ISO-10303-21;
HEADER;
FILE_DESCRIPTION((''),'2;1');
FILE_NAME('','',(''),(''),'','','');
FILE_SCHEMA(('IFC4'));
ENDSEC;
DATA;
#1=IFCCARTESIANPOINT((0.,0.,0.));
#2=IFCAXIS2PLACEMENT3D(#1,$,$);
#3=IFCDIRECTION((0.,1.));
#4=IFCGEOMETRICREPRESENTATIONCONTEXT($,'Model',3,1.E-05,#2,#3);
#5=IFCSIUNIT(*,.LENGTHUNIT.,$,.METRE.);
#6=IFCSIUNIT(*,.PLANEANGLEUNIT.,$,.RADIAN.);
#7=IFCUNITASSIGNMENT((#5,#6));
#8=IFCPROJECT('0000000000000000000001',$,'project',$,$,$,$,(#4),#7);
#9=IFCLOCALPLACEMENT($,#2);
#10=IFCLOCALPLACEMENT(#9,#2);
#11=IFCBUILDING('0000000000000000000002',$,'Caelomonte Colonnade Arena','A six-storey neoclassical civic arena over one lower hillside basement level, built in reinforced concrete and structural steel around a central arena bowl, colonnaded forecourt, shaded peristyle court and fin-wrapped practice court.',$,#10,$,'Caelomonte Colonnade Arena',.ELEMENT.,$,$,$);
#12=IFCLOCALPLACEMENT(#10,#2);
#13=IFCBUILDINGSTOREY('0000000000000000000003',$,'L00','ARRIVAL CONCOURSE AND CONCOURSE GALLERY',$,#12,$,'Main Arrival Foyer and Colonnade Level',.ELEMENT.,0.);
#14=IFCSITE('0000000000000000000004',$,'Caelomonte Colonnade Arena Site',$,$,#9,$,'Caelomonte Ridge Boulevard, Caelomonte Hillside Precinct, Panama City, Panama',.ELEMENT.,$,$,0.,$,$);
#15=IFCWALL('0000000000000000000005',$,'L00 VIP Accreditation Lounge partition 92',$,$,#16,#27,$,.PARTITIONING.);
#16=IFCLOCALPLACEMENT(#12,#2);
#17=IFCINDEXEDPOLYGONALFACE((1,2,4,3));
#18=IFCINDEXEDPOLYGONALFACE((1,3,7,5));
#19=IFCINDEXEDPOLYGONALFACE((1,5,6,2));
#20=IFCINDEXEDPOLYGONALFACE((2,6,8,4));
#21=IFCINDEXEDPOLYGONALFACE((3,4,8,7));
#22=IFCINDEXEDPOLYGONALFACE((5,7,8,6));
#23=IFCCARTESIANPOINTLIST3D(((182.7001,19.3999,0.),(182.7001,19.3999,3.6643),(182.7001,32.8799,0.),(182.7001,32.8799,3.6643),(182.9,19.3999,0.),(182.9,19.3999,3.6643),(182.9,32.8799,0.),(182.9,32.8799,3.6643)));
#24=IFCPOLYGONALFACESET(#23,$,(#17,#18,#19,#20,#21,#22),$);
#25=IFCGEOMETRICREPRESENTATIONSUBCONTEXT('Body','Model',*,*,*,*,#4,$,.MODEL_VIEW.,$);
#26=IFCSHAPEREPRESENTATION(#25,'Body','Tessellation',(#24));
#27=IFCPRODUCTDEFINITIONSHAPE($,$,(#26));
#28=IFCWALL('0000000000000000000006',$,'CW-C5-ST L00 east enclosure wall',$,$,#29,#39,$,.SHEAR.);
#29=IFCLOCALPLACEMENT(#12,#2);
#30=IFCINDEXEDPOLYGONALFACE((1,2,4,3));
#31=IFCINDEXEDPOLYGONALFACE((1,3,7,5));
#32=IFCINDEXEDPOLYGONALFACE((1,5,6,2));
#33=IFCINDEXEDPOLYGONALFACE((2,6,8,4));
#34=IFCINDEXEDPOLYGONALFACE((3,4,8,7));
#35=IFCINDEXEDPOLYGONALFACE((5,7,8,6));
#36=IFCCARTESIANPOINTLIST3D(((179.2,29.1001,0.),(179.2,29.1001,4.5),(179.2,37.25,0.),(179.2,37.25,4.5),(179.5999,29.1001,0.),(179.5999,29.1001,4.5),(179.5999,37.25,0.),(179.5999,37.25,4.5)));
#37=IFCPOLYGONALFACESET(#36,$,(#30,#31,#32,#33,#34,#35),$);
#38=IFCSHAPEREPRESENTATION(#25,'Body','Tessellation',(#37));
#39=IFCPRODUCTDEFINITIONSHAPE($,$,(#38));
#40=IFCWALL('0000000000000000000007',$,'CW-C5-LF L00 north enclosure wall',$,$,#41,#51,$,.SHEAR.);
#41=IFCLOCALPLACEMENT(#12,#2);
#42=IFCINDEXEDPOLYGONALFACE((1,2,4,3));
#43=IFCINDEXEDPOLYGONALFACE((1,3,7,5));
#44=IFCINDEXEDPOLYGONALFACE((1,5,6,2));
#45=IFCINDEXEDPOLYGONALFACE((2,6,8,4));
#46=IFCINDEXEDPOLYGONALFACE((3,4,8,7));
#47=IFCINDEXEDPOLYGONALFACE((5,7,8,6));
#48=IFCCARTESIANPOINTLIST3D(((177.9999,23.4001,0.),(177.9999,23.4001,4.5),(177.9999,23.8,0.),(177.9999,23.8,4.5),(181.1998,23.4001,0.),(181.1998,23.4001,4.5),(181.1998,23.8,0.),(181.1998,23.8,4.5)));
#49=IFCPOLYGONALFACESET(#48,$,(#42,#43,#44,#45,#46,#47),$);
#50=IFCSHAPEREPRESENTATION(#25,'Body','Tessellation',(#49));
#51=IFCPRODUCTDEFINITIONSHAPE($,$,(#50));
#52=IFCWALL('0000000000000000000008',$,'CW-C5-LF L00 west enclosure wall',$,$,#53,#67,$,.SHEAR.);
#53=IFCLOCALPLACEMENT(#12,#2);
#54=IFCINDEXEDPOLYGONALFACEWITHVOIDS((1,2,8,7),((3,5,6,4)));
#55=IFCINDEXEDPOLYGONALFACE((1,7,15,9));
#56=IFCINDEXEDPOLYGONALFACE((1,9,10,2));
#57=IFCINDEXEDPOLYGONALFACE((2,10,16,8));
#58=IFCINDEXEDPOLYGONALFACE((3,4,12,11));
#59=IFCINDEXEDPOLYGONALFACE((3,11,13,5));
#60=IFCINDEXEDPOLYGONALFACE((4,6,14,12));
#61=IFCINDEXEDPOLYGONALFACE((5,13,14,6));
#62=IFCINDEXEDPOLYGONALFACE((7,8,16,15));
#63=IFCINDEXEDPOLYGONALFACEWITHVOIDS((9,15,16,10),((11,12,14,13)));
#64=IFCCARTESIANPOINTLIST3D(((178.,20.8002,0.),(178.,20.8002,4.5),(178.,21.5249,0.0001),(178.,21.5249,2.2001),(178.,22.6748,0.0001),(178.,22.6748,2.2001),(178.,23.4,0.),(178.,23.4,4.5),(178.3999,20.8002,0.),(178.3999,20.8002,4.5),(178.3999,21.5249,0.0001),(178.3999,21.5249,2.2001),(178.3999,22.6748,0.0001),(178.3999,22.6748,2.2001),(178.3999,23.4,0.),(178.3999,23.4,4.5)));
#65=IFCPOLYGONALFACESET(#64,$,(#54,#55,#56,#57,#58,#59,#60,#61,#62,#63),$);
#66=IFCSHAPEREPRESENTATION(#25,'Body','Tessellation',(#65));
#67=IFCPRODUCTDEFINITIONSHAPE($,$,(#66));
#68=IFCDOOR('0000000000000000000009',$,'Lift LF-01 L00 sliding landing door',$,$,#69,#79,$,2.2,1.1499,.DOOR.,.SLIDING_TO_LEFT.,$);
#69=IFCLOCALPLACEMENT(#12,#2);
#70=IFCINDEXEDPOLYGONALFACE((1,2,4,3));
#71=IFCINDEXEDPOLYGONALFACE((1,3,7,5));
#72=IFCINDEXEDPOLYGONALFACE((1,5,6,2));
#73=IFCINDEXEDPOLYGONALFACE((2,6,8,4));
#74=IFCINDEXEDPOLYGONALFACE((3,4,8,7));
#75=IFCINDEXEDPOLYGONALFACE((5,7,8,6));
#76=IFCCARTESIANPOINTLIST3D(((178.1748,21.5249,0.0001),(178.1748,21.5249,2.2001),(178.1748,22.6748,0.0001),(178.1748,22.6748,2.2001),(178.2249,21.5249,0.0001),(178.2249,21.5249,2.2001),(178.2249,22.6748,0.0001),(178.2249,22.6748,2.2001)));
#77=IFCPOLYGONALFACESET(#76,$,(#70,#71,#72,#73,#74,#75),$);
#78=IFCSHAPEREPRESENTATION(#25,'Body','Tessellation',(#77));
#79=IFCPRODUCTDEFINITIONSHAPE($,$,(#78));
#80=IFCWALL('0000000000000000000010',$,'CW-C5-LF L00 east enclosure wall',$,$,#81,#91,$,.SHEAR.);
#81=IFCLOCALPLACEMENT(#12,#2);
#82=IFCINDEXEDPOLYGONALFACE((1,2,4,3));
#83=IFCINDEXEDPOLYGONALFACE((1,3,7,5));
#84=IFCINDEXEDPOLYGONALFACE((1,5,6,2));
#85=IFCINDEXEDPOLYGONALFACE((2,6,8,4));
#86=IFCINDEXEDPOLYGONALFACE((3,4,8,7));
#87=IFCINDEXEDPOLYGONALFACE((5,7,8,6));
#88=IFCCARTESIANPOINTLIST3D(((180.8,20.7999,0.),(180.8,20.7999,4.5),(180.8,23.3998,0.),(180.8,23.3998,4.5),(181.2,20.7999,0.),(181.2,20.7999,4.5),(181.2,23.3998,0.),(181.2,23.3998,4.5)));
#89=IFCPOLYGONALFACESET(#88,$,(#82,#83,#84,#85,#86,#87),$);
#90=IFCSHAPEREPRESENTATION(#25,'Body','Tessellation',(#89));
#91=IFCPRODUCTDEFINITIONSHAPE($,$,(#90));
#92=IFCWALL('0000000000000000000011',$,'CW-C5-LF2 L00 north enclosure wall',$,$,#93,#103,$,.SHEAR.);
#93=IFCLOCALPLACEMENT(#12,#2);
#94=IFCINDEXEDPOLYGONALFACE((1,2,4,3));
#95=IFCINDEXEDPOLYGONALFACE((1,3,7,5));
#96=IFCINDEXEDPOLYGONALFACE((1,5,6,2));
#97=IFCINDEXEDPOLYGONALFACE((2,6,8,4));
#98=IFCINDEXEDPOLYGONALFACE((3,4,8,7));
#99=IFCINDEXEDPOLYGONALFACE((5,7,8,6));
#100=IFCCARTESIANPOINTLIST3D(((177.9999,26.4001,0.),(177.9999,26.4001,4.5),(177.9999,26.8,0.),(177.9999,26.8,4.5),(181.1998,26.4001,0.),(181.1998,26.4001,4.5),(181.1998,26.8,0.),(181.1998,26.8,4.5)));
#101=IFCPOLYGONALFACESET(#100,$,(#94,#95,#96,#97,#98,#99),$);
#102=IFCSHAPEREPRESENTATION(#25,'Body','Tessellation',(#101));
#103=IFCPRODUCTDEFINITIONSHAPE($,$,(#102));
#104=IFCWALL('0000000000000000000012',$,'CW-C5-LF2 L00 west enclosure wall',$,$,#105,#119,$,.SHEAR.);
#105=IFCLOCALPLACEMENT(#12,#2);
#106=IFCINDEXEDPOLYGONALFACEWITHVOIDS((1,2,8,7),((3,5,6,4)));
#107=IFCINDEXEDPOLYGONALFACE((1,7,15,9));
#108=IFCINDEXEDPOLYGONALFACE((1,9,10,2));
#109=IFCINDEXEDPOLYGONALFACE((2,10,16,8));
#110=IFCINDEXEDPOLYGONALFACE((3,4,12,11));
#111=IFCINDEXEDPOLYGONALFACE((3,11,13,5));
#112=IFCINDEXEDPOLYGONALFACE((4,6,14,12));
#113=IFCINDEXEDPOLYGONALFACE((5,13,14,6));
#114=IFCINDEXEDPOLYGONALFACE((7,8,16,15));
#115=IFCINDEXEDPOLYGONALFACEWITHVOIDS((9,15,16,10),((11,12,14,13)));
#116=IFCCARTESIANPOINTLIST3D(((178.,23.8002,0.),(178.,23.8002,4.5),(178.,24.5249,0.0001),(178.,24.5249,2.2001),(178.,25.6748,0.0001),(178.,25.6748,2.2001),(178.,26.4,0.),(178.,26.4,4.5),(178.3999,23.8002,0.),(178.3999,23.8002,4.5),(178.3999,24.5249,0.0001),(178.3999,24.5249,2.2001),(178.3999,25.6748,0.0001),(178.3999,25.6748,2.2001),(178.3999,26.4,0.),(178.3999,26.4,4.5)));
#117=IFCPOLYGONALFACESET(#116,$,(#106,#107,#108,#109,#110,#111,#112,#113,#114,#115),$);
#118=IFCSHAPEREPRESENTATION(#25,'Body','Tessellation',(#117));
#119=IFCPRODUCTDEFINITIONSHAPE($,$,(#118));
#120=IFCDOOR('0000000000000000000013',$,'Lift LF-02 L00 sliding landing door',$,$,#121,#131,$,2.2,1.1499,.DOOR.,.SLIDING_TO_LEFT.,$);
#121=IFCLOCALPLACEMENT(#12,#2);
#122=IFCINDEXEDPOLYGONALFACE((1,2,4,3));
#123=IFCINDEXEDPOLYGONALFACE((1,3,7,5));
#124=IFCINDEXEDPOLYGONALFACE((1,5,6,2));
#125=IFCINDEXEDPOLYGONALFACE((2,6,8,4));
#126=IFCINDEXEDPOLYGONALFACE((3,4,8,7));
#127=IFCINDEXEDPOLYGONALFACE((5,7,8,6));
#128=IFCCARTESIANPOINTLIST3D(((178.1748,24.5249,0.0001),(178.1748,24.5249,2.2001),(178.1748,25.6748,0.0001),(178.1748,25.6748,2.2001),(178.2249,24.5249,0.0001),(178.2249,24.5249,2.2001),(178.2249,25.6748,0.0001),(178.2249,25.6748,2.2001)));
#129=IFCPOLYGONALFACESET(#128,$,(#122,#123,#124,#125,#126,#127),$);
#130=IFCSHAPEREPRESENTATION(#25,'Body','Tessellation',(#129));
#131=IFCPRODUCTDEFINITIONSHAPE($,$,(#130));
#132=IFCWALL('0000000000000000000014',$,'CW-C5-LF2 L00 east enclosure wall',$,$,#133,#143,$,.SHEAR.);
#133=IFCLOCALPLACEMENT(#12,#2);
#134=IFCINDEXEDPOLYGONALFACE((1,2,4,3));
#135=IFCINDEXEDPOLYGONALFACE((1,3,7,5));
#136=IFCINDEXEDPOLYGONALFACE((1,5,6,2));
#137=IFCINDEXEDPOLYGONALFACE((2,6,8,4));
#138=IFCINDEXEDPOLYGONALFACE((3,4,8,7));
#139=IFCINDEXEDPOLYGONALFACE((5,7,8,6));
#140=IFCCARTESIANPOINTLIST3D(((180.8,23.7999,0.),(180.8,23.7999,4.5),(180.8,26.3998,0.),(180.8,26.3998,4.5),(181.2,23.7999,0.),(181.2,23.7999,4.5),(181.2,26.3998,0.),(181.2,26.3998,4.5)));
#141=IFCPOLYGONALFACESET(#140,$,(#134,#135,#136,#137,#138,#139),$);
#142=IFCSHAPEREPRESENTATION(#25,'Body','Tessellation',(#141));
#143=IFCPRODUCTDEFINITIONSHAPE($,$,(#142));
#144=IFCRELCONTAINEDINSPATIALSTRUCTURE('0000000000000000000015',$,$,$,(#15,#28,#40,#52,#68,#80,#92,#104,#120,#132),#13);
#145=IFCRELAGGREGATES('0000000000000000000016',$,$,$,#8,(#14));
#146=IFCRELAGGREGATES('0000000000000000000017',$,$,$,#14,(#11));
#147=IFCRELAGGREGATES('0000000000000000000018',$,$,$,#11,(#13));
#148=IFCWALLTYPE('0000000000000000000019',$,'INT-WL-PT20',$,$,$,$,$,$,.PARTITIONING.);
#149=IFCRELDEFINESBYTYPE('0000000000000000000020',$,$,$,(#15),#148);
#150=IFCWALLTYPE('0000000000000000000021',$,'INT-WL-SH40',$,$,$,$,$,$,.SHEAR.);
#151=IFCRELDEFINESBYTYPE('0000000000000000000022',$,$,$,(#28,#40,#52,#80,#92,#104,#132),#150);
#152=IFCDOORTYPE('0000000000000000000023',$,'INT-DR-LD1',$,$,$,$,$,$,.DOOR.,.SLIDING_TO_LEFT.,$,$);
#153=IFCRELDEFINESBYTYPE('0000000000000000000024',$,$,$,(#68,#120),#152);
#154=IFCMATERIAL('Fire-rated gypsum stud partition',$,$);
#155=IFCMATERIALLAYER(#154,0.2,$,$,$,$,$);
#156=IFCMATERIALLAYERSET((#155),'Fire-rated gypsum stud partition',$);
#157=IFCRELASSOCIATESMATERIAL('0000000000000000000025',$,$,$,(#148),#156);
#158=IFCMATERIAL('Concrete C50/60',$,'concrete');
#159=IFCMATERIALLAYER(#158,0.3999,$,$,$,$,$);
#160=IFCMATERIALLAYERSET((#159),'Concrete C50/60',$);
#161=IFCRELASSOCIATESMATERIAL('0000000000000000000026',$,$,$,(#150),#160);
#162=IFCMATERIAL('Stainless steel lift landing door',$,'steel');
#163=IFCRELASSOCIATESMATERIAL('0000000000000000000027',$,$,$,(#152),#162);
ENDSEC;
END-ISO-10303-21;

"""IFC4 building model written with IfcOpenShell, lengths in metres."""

from ifc_helpers import new_model, si_unit, direction, frame, frame_2d, origin, place, context, subcontext, project, spatial, rectangle, extrude, material, layer, layer_set, type_object, element, fill, save


model = new_model("IFC4")

# Units and contexts
model_context = context("Model", 3, precision=1e-05, world=origin(), true_north=direction((0.0, 1.0)))
body_context = subcontext(model_context, "Body", "Model", "MODEL_VIEW")
ifc_project = project(units=[si_unit("LENGTHUNIT", "METRE"), si_unit("PLANEANGLEUNIT", "RADIAN")], contexts=[model_context])

# Site, building, storey
site_placement = place(None, origin())
site = spatial("IfcSite", under=ifc_project, at=site_placement, Name="Caelomonte Colonnade Arena Site", LongName="Caelomonte Ridge Boulevard, Caelomonte Hillside Precinct, Panama City, Panama", CompositionType="ELEMENT", RefElevation=0.0)
building_placement = place(site_placement, origin())
building = spatial("IfcBuilding", under=site, at=building_placement, Name="Caelomonte Colonnade Arena", Description="A six-storey neoclassical civic arena over one lower hillside basement level, built in reinforced concrete and structural steel around a central arena bowl, colonnaded forecourt, shaded peristyle court and fin-wrapped practice court.", LongName="Caelomonte Colonnade Arena", CompositionType="ELEMENT")
storey_placement = place(building_placement, origin())
storey = spatial("IfcBuildingStorey", under=building, at=storey_placement, Name="L00", Description="ARRIVAL CONCOURSE AND CONCOURSE GALLERY", LongName="Main Arrival Foyer and Colonnade Level", CompositionType="ELEMENT", Elevation=0.0)

# Walls
ifc_material_1 = material(Name="Fire-rated gypsum stud partition")
ifc_layer_1 = layer(ifc_material_1, 0.2)
ifc_layer_set_1 = layer_set([ifc_layer_1], Name="Fire-rated gypsum stud partition")
wall_type_1 = type_object("IfcWallType", Name="INT-WL-PT20", PredefinedType="PARTITIONING", material=ifc_layer_set_1)
wall_1_placement = place(storey_placement, frame((182.8, 19.3999, 0.0), z_axis=(0.0, 0.0, 1.0), x_axis=(0.0, 1.0, 0.0)))
element("IfcWall", 1, at=wall_1_placement, inside=storey, type_object=wall_type_1, Name="L00 VIP Accreditation Lounge partition 92", PredefinedType="PARTITIONING", context=body_context, shape_type="SweptSolid", body=[
    extrude(rectangle(XDim=13.48, YDim=0.2, at=frame_2d((6.74, 0.0))), origin(), (0.0, 0.0, 1.0), 3.6643),
])
ifc_material_2 = material(Name="Concrete C50/60", Category="concrete")
ifc_layer_2 = layer(ifc_material_2, 0.3999)
ifc_layer_set_2 = layer_set([ifc_layer_2], Name="Concrete C50/60")
wall_type_2 = type_object("IfcWallType", Name="INT-WL-SH40", PredefinedType="SHEAR", material=ifc_layer_set_2)
wall_2_placement = place(storey_placement, frame((179.3999, 29.1001, 0.0), z_axis=(0.0, 0.0, 1.0), x_axis=(0.0, 1.0, 0.0)))
element("IfcWall", 2, at=wall_2_placement, inside=storey, type_object=wall_type_2, Name="CW-C5-ST L00 east enclosure wall", PredefinedType="SHEAR", context=body_context, shape_type="SweptSolid", body=[
    extrude(rectangle(XDim=8.1499, YDim=0.3999, at=frame_2d((4.075, 0.0))), origin(), (0.0, 0.0, 1.0), 4.5),
])
wall_3_placement = place(storey_placement, frame((181.2, 23.6001, 0.0), z_axis=(0.0, 0.0, 1.0), x_axis=(-1.0, 0.0, 0.0)))
element("IfcWall", 3, at=wall_3_placement, inside=storey, type_object=wall_type_2, Name="CW-C5-LF L00 north enclosure wall", PredefinedType="SHEAR", context=body_context, shape_type="SweptSolid", body=[
    extrude(rectangle(XDim=3.2, YDim=0.3999, at=frame_2d((1.6001, 0.0))), origin(), (0.0, 0.0, 1.0), 4.5),
])

# Wall, opening, door
wall_4_placement = place(storey_placement, frame((178.2, 23.3999, 0.0), z_axis=(0.0, 0.0, 1.0), x_axis=(0.0, -1.0, 0.0)))
wall_4 = element("IfcWall", 4, at=wall_4_placement, inside=storey, type_object=wall_type_2, Name="CW-C5-LF L00 west enclosure wall", PredefinedType="SHEAR", context=body_context, shape_type="SweptSolid", body=[
    extrude(rectangle(XDim=2.5999, YDim=0.3999, at=frame_2d((1.2998, 0.0))), origin(), (0.0, 0.0, 1.0), 4.5),
])
opening_1_placement = place(wall_4_placement, frame((0.7251, 0.0, 0.0), z_axis=(0.0, 0.0, 1.0), x_axis=(1.0, 0.0, 0.0)))
opening_1 = element("IfcOpeningElement", 5, at=opening_1_placement, cuts=wall_4, PredefinedType="OPENING", context=body_context, shape_type="SweptSolid", body=[
    extrude(rectangle(XDim=1.1499, YDim=2.2, at=frame_2d((0.575, 1.1001))), frame((0.0, 0.21, 0.0), z_axis=(0.0, -1.0, 0.0), x_axis=(1.0, 0.0, 0.0)), (0.0, 0.0, 1.0), 0.4199),
])
ifc_material_3 = material(Name="Stainless steel lift landing door", Category="steel")
door_type_1 = type_object("IfcDoorType", Name="INT-DR-LD1", OperationType="SLIDING_TO_LEFT", PredefinedType="DOOR", material=ifc_material_3)
door_1_placement = place(opening_1_placement, origin())
door_1 = element("IfcDoor", 6, at=door_1_placement, inside=storey, type_object=door_type_1, Name="Lift LF-01 L00 sliding landing door", OperationType="SLIDING_TO_LEFT", OverallHeight=2.2, OverallWidth=1.1499, PredefinedType="DOOR", context=body_context, shape_type="SweptSolid", body=[
    extrude(rectangle(XDim=1.1499, YDim=2.2, at=frame_2d((0.575, 1.1001))), frame((0.0, 0.0249, 0.0), z_axis=(0.0, -1.0, 0.0), x_axis=(1.0, 0.0, 0.0)), (0.0, 0.0, 1.0), 0.05),
])
fill(opening_1, door_1)

# Walls
wall_5_placement = place(storey_placement, frame((181.0, 20.8, 0.0), z_axis=(0.0, 0.0, 1.0), x_axis=(0.0, 1.0, 0.0)))
element("IfcWall", 7, at=wall_5_placement, inside=storey, type_object=wall_type_2, Name="CW-C5-LF L00 east enclosure wall", PredefinedType="SHEAR", context=body_context, shape_type="SweptSolid", body=[
    extrude(rectangle(XDim=2.5999, YDim=0.3999, at=frame_2d((1.2998, 0.0))), origin(), (0.0, 0.0, 1.0), 4.5),
])
wall_6_placement = place(storey_placement, frame((181.2, 26.6001, 0.0), z_axis=(0.0, 0.0, 1.0), x_axis=(-1.0, 0.0, 0.0)))
element("IfcWall", 8, at=wall_6_placement, inside=storey, type_object=wall_type_2, Name="CW-C5-LF2 L00 north enclosure wall", PredefinedType="SHEAR", context=body_context, shape_type="SweptSolid", body=[
    extrude(rectangle(XDim=3.2, YDim=0.3999, at=frame_2d((1.6001, 0.0))), origin(), (0.0, 0.0, 1.0), 4.5),
])

# Wall, opening, door
wall_7_placement = place(storey_placement, frame((178.2, 26.3999, 0.0), z_axis=(0.0, 0.0, 1.0), x_axis=(0.0, -1.0, 0.0)))
wall_7 = element("IfcWall", 9, at=wall_7_placement, inside=storey, type_object=wall_type_2, Name="CW-C5-LF2 L00 west enclosure wall", PredefinedType="SHEAR", context=body_context, shape_type="SweptSolid", body=[
    extrude(rectangle(XDim=2.5999, YDim=0.3999, at=frame_2d((1.2998, 0.0))), origin(), (0.0, 0.0, 1.0), 4.5),
])
opening_2_placement = place(wall_7_placement, frame((0.7251, 0.0, 0.0), z_axis=(0.0, 0.0, 1.0), x_axis=(1.0, 0.0, 0.0)))
opening_2 = element("IfcOpeningElement", 10, at=opening_2_placement, cuts=wall_7, PredefinedType="OPENING", context=body_context, shape_type="SweptSolid", body=[
    extrude(rectangle(XDim=1.1499, YDim=2.2, at=frame_2d((0.575, 1.1001))), frame((0.0, 0.21, 0.0), z_axis=(0.0, -1.0, 0.0), x_axis=(1.0, 0.0, 0.0)), (0.0, 0.0, 1.0), 0.4199),
])
door_2_placement = place(opening_2_placement, origin())
door_2 = element("IfcDoor", 11, at=door_2_placement, inside=storey, type_object=door_type_1, Name="Lift LF-02 L00 sliding landing door", OperationType="SLIDING_TO_LEFT", OverallHeight=2.2, OverallWidth=1.1499, PredefinedType="DOOR", context=body_context, shape_type="SweptSolid", body=[
    extrude(rectangle(XDim=1.1499, YDim=2.2, at=frame_2d((0.575, 1.1001))), frame((0.0, 0.0249, 0.0), z_axis=(0.0, -1.0, 0.0), x_axis=(1.0, 0.0, 0.0)), (0.0, 0.0, 1.0), 0.05),
])
fill(opening_2, door_2)

# Wall
wall_8_placement = place(storey_placement, frame((181.0, 23.8, 0.0), z_axis=(0.0, 0.0, 1.0), x_axis=(0.0, 1.0, 0.0)))
element("IfcWall", 12, at=wall_8_placement, inside=storey, type_object=wall_type_2, Name="CW-C5-LF2 L00 east enclosure wall", PredefinedType="SHEAR", context=body_context, shape_type="SweptSolid", body=[
    extrude(rectangle(XDim=2.5999, YDim=0.3999, at=frame_2d((1.2998, 0.0))), origin(), (0.0, 0.0, 1.0), 4.5),
])

save(model, "model.ifc")
